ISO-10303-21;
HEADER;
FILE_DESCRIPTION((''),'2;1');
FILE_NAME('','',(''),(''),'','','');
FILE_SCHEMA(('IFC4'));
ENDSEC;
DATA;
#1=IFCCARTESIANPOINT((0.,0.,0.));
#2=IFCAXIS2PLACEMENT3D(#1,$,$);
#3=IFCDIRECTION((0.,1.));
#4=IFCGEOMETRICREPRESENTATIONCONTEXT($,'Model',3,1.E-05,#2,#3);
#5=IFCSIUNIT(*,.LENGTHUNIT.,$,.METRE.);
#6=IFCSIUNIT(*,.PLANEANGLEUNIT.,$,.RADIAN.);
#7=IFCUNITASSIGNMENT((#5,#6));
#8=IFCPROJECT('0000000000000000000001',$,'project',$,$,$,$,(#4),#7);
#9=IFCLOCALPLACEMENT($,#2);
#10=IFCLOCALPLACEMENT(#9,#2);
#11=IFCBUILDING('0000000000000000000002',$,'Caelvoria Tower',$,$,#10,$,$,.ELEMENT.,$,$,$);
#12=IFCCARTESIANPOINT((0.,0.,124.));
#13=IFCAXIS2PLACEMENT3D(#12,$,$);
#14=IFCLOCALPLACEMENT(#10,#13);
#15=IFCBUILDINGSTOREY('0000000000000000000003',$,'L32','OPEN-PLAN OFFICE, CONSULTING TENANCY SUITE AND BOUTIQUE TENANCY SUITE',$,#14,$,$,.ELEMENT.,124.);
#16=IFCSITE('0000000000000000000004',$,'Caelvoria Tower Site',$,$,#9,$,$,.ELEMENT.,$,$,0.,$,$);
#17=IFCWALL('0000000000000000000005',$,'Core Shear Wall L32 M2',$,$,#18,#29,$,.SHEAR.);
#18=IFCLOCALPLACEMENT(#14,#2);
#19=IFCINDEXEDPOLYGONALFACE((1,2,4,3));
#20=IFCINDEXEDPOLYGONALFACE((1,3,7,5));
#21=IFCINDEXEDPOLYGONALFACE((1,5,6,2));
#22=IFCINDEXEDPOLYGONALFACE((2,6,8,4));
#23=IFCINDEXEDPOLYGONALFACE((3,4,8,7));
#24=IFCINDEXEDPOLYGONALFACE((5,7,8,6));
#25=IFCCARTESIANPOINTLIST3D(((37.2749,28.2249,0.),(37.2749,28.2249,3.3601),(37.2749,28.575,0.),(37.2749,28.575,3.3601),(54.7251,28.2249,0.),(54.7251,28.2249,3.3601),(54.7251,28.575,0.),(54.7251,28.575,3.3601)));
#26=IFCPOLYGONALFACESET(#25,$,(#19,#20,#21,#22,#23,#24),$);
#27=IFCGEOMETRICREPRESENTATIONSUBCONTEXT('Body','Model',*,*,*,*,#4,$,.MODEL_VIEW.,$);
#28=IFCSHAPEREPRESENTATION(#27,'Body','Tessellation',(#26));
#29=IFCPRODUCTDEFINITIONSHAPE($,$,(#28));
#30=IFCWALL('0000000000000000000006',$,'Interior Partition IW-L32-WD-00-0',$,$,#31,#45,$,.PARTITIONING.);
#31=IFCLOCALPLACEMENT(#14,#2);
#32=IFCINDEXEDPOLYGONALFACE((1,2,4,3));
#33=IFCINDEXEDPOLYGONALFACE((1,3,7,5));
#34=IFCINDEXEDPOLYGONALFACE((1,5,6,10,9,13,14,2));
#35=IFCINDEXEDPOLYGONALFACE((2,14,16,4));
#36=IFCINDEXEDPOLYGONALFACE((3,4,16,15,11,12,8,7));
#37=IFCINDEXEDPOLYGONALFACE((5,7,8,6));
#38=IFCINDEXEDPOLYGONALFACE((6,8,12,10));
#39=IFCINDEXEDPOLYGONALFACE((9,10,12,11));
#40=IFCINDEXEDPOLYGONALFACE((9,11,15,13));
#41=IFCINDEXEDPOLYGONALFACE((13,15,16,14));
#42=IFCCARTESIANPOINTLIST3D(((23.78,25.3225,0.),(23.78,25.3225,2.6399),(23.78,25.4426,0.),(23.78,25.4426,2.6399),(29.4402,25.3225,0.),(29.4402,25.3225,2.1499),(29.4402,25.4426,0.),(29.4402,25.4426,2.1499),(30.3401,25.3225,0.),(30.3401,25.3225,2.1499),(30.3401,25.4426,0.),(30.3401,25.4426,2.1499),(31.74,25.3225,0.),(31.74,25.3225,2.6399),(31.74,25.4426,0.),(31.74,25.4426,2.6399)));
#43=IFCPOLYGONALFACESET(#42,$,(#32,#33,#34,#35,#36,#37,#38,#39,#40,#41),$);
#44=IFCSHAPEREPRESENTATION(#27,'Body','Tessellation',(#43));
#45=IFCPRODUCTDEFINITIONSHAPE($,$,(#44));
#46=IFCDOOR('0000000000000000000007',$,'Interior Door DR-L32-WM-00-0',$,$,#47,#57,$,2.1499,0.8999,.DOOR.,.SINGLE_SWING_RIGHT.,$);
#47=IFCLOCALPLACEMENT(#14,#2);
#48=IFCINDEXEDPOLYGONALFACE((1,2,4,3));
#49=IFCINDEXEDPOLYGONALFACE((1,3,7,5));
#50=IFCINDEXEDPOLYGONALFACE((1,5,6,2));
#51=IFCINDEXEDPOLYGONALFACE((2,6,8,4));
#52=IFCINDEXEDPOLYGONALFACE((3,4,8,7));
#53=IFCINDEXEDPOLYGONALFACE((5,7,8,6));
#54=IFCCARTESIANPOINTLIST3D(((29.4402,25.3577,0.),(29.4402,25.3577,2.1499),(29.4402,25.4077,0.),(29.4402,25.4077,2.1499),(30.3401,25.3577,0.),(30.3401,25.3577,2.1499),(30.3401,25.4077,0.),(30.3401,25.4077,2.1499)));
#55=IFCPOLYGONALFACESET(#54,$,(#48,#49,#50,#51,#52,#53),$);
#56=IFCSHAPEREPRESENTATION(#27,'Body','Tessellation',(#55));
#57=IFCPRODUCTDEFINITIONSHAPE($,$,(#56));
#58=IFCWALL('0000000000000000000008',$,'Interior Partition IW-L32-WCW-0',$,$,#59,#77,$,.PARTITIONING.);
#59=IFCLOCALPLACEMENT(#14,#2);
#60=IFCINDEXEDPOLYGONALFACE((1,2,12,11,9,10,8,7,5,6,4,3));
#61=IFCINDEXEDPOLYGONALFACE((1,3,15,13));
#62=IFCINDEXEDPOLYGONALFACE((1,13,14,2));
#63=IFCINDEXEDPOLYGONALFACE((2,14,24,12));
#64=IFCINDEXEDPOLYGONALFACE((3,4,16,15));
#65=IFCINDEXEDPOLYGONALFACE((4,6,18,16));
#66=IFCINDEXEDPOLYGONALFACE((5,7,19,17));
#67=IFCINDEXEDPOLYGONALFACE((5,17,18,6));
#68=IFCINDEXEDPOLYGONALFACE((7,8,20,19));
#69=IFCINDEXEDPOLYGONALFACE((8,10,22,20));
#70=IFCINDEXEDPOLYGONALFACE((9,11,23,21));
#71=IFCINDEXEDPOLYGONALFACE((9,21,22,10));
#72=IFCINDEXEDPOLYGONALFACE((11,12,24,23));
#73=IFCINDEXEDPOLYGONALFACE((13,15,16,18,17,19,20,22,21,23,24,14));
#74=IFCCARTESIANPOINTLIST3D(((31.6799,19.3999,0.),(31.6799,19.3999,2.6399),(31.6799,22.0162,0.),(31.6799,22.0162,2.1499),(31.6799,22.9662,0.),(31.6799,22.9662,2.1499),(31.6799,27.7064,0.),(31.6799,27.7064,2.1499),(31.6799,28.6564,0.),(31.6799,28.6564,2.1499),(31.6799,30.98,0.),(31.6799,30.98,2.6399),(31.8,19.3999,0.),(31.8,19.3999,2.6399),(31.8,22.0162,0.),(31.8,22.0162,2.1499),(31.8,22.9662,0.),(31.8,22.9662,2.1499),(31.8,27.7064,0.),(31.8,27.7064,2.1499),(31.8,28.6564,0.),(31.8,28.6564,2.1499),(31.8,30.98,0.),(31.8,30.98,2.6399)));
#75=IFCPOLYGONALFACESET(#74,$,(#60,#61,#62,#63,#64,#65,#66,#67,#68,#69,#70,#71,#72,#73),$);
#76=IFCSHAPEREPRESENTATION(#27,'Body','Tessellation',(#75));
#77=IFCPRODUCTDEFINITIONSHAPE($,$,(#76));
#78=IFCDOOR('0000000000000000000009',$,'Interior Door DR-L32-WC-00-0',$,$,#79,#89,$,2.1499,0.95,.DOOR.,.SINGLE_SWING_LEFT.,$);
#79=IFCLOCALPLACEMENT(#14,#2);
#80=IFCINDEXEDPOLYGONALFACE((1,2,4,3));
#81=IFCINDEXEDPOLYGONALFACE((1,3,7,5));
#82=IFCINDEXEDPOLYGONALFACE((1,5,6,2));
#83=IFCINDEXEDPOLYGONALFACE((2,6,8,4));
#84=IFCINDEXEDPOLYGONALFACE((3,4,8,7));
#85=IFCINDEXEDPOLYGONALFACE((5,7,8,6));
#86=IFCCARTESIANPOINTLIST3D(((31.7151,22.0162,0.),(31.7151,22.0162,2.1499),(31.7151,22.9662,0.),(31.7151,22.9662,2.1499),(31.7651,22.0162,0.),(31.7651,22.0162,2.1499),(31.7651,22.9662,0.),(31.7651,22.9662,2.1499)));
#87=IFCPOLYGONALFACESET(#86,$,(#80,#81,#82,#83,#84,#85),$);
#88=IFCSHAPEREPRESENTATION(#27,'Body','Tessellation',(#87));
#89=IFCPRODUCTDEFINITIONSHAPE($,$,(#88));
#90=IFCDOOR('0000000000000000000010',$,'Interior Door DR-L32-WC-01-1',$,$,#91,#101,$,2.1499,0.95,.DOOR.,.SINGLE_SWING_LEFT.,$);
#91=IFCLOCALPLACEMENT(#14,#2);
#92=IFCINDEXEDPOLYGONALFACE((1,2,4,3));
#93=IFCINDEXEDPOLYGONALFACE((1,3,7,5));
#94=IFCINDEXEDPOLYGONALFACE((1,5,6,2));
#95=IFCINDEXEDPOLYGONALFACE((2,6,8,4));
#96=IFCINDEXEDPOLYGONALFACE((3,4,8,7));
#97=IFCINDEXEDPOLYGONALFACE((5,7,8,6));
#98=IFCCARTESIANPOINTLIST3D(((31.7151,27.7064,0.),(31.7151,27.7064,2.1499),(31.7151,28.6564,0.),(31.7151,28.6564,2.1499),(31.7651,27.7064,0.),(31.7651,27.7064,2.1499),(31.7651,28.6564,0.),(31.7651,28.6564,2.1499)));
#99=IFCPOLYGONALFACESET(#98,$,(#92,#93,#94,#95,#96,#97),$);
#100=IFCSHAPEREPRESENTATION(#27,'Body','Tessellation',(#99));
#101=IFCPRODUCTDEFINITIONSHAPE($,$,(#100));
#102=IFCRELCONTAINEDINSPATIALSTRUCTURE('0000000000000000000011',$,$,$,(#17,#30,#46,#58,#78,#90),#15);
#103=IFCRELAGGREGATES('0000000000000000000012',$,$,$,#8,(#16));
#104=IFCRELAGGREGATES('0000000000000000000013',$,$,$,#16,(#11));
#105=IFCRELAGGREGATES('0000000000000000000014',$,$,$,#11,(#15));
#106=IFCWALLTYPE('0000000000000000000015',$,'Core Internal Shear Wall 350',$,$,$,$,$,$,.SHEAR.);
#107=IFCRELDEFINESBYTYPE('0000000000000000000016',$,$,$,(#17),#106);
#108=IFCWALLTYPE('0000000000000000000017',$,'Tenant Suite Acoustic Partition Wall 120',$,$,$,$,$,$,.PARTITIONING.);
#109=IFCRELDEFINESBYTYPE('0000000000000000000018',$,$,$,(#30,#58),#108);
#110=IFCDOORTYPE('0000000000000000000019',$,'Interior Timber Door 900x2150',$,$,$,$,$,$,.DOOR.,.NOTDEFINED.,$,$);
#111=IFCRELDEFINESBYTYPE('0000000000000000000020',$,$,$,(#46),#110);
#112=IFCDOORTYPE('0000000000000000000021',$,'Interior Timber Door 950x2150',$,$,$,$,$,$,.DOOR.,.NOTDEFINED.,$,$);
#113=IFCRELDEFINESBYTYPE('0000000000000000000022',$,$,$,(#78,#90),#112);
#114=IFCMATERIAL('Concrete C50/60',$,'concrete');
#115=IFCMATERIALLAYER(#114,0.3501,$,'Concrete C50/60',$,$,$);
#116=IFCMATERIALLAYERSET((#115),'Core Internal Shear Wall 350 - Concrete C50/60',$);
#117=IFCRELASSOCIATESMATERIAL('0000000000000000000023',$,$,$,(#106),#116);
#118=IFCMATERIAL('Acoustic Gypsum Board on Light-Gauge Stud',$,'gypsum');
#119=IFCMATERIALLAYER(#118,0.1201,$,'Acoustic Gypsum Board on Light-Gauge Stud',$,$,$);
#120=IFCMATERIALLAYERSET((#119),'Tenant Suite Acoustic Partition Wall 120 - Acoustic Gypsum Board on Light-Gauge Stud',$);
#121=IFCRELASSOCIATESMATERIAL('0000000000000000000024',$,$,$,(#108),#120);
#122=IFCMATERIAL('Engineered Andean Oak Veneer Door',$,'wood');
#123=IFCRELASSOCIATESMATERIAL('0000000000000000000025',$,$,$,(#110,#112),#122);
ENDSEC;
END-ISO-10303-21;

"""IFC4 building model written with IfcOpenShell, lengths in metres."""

from ifc_helpers import new_model, si_unit, direction, frame, frame_2d, origin, place, context, subcontext, project, spatial, rectangle, extrude, material, layer, layer_set, type_object, element, fill, save


model = new_model("IFC4")

# Units and contexts
model_context = context("Model", 3, precision=1e-05, world=origin(), true_north=direction((0.0, 1.0)))
body_context = subcontext(model_context, "Body", "Model", "MODEL_VIEW")
ifc_project = project(units=[si_unit("LENGTHUNIT", "METRE"), si_unit("PLANEANGLEUNIT", "RADIAN")], contexts=[model_context])

# Site, building, storey
site_placement = place(None, origin())
site = spatial("IfcSite", under=ifc_project, at=site_placement, Name="Caelvoria Tower Site", CompositionType="ELEMENT", RefElevation=0.0)
building_placement = place(site_placement, origin())
building = spatial("IfcBuilding", under=site, at=building_placement, Name="Caelvoria Tower", CompositionType="ELEMENT")
storey_placement = place(building_placement, frame((0.0, 0.0, 124.0)))
storey = spatial("IfcBuildingStorey", under=building, at=storey_placement, Name="L32", Description="OPEN-PLAN OFFICE, CONSULTING TENANCY SUITE AND BOUTIQUE TENANCY SUITE", CompositionType="ELEMENT", Elevation=124.0)

# Shared definitions
ifc_material_1 = material(Name="Concrete C50/60", Category="concrete")
ifc_layer_1 = layer(ifc_material_1, 0.3501, Name="Concrete C50/60")
ifc_layer_set_1 = layer_set([ifc_layer_1], Name="Core Internal Shear Wall 350 - Concrete C50/60")
wall_type_1 = type_object("IfcWallType", Name="Core Internal Shear Wall 350", PredefinedType="SHEAR", material=ifc_layer_set_1)

# Wall
wall_1_placement = place(storey_placement, frame((37.2749, 28.3999, 0.0), z_axis=(0.0, 0.0, 1.0), x_axis=(1.0, 0.0, 0.0)))
element("IfcWall", 1, at=wall_1_placement, inside=storey, type_object=wall_type_1, Name="Core Shear Wall L32 M2", PredefinedType="SHEAR", context=body_context, shape_type="SweptSolid", body=[
    extrude(rectangle(XDim=17.4502, YDim=0.3501, at=frame_2d((8.7251, 0.0))), origin(), (0.0, 0.0, 1.0), 3.3601),
])

# Wall, opening, door
ifc_material_2 = material(Name="Acoustic Gypsum Board on Light-Gauge Stud", Category="gypsum")
ifc_layer_2 = layer(ifc_material_2, 0.1201, Name="Acoustic Gypsum Board on Light-Gauge Stud")
ifc_layer_set_2 = layer_set([ifc_layer_2], Name="Tenant Suite Acoustic Partition Wall 120 - Acoustic Gypsum Board on Light-Gauge Stud")
wall_type_2 = type_object("IfcWallType", Name="Tenant Suite Acoustic Partition Wall 120", PredefinedType="PARTITIONING", material=ifc_layer_set_2)
wall_2_placement = place(storey_placement, frame((31.74, 25.3826, 0.0), z_axis=(0.0, 0.0, 1.0), x_axis=(-1.0, 0.0, 0.0)))
wall_2 = element("IfcWall", 2, at=wall_2_placement, inside=storey, type_object=wall_type_2, Name="Interior Partition IW-L32-WD-00-0", PredefinedType="PARTITIONING", context=body_context, shape_type="SweptSolid", body=[
    extrude(rectangle(XDim=7.96, YDim=0.1201, at=frame_2d((3.98, 0.0))), origin(), (0.0, 0.0, 1.0), 2.6399),
])
opening_1_placement = place(wall_2_placement, frame((1.3999, 0.0, 0.0)))
opening_1 = element("IfcOpeningElement", 3, at=opening_1_placement, cuts=wall_2, PredefinedType="OPENING", context=body_context, shape_type="SweptSolid", body=[
    extrude(rectangle(XDim=0.8999, YDim=2.1499, at=frame_2d((0.45, 1.075))), frame((0.0, 0.0701, 0.0), z_axis=(0.0, -1.0, 0.0), x_axis=(1.0, 0.0, 0.0)), (0.0, 0.0, 1.0), 0.1401),
])
ifc_material_3 = material(Name="Engineered Andean Oak Veneer Door", Category="wood")
door_type_1 = type_object("IfcDoorType", Name="Interior Timber Door 900x2150", OperationType="NOTDEFINED", PredefinedType="DOOR", material=ifc_material_3)
door_1_placement = place(opening_1_placement, origin())
door_1 = element("IfcDoor", 4, at=door_1_placement, inside=storey, type_object=door_type_1, Name="Interior Door DR-L32-WM-00-0", OperationType="SINGLE_SWING_RIGHT", OverallHeight=2.1499, OverallWidth=0.8999, PredefinedType="DOOR", context=body_context, shape_type="SweptSolid", body=[
    extrude(rectangle(XDim=0.8999, YDim=2.1499, at=frame_2d((0.45, 1.075))), frame((0.0, 0.0249, 0.0), z_axis=(0.0, -1.0, 0.0), x_axis=(1.0, 0.0, 0.0)), (0.0, 0.0, 1.0), 0.05),
])
fill(opening_1, door_1)

# Wall, openings, doors
wall_3_placement = place(storey_placement, frame((31.74, 19.3999, 0.0), z_axis=(0.0, 0.0, 1.0), x_axis=(0.0, 1.0, 0.0)))
wall_3 = element("IfcWall", 5, at=wall_3_placement, inside=storey, type_object=wall_type_2, Name="Interior Partition IW-L32-WCW-0", PredefinedType="PARTITIONING", context=body_context, shape_type="SweptSolid", body=[
    extrude(rectangle(XDim=11.5801, YDim=0.1201, at=frame_2d((5.79, 0.0))), origin(), (0.0, 0.0, 1.0), 2.6399),
])
opening_2_placement = place(wall_3_placement, frame((2.6162, 0.0, 0.0)))
opening_2 = element("IfcOpeningElement", 6, at=opening_2_placement, cuts=wall_3, PredefinedType="OPENING", context=body_context, shape_type="SweptSolid", body=[
    extrude(rectangle(XDim=0.95, YDim=2.1499, at=frame_2d((0.4751, 1.075))), frame((0.0, 0.0701, 0.0), z_axis=(0.0, -1.0, 0.0), x_axis=(1.0, 0.0, 0.0)), (0.0, 0.0, 1.0), 0.1401),
])
opening_3_placement = place(wall_3_placement, frame((8.3064, 0.0, 0.0)))
opening_3 = element("IfcOpeningElement", 7, at=opening_3_placement, cuts=wall_3, PredefinedType="OPENING", context=body_context, shape_type="SweptSolid", body=[
    extrude(rectangle(XDim=0.95, YDim=2.1499, at=frame_2d((0.4751, 1.075))), frame((0.0, 0.0701, 0.0), z_axis=(0.0, -1.0, 0.0), x_axis=(1.0, 0.0, 0.0)), (0.0, 0.0, 1.0), 0.1401),
])
door_type_2 = type_object("IfcDoorType", Name="Interior Timber Door 950x2150", OperationType="NOTDEFINED", PredefinedType="DOOR", material=ifc_material_3)
door_2_placement = place(opening_2_placement, origin())
door_2 = element("IfcDoor", 8, at=door_2_placement, inside=storey, type_object=door_type_2, Name="Interior Door DR-L32-WC-00-0", OperationType="SINGLE_SWING_LEFT", OverallHeight=2.1499, OverallWidth=0.95, PredefinedType="DOOR", context=body_context, shape_type="SweptSolid", body=[
    extrude(rectangle(XDim=0.95, YDim=2.1499, at=frame_2d((0.4751, 1.075))), frame((0.0, 0.0249, 0.0), z_axis=(0.0, -1.0, 0.0), x_axis=(1.0, 0.0, 0.0)), (0.0, 0.0, 1.0), 0.05),
])
fill(opening_2, door_2)
door_3_placement = place(opening_3_placement, origin())
door_3 = element("IfcDoor", 9, at=door_3_placement, inside=storey, type_object=door_type_2, Name="Interior Door DR-L32-WC-01-1", OperationType="SINGLE_SWING_LEFT", OverallHeight=2.1499, OverallWidth=0.95, PredefinedType="DOOR", context=body_context, shape_type="SweptSolid", body=[
    extrude(rectangle(XDim=0.95, YDim=2.1499, at=frame_2d((0.4751, 1.075))), frame((0.0, 0.0249, 0.0), z_axis=(0.0, -1.0, 0.0), x_axis=(1.0, 0.0, 0.0)), (0.0, 0.0, 1.0), 0.05),
])
fill(opening_3, door_3)

save(model, "model.ifc")
